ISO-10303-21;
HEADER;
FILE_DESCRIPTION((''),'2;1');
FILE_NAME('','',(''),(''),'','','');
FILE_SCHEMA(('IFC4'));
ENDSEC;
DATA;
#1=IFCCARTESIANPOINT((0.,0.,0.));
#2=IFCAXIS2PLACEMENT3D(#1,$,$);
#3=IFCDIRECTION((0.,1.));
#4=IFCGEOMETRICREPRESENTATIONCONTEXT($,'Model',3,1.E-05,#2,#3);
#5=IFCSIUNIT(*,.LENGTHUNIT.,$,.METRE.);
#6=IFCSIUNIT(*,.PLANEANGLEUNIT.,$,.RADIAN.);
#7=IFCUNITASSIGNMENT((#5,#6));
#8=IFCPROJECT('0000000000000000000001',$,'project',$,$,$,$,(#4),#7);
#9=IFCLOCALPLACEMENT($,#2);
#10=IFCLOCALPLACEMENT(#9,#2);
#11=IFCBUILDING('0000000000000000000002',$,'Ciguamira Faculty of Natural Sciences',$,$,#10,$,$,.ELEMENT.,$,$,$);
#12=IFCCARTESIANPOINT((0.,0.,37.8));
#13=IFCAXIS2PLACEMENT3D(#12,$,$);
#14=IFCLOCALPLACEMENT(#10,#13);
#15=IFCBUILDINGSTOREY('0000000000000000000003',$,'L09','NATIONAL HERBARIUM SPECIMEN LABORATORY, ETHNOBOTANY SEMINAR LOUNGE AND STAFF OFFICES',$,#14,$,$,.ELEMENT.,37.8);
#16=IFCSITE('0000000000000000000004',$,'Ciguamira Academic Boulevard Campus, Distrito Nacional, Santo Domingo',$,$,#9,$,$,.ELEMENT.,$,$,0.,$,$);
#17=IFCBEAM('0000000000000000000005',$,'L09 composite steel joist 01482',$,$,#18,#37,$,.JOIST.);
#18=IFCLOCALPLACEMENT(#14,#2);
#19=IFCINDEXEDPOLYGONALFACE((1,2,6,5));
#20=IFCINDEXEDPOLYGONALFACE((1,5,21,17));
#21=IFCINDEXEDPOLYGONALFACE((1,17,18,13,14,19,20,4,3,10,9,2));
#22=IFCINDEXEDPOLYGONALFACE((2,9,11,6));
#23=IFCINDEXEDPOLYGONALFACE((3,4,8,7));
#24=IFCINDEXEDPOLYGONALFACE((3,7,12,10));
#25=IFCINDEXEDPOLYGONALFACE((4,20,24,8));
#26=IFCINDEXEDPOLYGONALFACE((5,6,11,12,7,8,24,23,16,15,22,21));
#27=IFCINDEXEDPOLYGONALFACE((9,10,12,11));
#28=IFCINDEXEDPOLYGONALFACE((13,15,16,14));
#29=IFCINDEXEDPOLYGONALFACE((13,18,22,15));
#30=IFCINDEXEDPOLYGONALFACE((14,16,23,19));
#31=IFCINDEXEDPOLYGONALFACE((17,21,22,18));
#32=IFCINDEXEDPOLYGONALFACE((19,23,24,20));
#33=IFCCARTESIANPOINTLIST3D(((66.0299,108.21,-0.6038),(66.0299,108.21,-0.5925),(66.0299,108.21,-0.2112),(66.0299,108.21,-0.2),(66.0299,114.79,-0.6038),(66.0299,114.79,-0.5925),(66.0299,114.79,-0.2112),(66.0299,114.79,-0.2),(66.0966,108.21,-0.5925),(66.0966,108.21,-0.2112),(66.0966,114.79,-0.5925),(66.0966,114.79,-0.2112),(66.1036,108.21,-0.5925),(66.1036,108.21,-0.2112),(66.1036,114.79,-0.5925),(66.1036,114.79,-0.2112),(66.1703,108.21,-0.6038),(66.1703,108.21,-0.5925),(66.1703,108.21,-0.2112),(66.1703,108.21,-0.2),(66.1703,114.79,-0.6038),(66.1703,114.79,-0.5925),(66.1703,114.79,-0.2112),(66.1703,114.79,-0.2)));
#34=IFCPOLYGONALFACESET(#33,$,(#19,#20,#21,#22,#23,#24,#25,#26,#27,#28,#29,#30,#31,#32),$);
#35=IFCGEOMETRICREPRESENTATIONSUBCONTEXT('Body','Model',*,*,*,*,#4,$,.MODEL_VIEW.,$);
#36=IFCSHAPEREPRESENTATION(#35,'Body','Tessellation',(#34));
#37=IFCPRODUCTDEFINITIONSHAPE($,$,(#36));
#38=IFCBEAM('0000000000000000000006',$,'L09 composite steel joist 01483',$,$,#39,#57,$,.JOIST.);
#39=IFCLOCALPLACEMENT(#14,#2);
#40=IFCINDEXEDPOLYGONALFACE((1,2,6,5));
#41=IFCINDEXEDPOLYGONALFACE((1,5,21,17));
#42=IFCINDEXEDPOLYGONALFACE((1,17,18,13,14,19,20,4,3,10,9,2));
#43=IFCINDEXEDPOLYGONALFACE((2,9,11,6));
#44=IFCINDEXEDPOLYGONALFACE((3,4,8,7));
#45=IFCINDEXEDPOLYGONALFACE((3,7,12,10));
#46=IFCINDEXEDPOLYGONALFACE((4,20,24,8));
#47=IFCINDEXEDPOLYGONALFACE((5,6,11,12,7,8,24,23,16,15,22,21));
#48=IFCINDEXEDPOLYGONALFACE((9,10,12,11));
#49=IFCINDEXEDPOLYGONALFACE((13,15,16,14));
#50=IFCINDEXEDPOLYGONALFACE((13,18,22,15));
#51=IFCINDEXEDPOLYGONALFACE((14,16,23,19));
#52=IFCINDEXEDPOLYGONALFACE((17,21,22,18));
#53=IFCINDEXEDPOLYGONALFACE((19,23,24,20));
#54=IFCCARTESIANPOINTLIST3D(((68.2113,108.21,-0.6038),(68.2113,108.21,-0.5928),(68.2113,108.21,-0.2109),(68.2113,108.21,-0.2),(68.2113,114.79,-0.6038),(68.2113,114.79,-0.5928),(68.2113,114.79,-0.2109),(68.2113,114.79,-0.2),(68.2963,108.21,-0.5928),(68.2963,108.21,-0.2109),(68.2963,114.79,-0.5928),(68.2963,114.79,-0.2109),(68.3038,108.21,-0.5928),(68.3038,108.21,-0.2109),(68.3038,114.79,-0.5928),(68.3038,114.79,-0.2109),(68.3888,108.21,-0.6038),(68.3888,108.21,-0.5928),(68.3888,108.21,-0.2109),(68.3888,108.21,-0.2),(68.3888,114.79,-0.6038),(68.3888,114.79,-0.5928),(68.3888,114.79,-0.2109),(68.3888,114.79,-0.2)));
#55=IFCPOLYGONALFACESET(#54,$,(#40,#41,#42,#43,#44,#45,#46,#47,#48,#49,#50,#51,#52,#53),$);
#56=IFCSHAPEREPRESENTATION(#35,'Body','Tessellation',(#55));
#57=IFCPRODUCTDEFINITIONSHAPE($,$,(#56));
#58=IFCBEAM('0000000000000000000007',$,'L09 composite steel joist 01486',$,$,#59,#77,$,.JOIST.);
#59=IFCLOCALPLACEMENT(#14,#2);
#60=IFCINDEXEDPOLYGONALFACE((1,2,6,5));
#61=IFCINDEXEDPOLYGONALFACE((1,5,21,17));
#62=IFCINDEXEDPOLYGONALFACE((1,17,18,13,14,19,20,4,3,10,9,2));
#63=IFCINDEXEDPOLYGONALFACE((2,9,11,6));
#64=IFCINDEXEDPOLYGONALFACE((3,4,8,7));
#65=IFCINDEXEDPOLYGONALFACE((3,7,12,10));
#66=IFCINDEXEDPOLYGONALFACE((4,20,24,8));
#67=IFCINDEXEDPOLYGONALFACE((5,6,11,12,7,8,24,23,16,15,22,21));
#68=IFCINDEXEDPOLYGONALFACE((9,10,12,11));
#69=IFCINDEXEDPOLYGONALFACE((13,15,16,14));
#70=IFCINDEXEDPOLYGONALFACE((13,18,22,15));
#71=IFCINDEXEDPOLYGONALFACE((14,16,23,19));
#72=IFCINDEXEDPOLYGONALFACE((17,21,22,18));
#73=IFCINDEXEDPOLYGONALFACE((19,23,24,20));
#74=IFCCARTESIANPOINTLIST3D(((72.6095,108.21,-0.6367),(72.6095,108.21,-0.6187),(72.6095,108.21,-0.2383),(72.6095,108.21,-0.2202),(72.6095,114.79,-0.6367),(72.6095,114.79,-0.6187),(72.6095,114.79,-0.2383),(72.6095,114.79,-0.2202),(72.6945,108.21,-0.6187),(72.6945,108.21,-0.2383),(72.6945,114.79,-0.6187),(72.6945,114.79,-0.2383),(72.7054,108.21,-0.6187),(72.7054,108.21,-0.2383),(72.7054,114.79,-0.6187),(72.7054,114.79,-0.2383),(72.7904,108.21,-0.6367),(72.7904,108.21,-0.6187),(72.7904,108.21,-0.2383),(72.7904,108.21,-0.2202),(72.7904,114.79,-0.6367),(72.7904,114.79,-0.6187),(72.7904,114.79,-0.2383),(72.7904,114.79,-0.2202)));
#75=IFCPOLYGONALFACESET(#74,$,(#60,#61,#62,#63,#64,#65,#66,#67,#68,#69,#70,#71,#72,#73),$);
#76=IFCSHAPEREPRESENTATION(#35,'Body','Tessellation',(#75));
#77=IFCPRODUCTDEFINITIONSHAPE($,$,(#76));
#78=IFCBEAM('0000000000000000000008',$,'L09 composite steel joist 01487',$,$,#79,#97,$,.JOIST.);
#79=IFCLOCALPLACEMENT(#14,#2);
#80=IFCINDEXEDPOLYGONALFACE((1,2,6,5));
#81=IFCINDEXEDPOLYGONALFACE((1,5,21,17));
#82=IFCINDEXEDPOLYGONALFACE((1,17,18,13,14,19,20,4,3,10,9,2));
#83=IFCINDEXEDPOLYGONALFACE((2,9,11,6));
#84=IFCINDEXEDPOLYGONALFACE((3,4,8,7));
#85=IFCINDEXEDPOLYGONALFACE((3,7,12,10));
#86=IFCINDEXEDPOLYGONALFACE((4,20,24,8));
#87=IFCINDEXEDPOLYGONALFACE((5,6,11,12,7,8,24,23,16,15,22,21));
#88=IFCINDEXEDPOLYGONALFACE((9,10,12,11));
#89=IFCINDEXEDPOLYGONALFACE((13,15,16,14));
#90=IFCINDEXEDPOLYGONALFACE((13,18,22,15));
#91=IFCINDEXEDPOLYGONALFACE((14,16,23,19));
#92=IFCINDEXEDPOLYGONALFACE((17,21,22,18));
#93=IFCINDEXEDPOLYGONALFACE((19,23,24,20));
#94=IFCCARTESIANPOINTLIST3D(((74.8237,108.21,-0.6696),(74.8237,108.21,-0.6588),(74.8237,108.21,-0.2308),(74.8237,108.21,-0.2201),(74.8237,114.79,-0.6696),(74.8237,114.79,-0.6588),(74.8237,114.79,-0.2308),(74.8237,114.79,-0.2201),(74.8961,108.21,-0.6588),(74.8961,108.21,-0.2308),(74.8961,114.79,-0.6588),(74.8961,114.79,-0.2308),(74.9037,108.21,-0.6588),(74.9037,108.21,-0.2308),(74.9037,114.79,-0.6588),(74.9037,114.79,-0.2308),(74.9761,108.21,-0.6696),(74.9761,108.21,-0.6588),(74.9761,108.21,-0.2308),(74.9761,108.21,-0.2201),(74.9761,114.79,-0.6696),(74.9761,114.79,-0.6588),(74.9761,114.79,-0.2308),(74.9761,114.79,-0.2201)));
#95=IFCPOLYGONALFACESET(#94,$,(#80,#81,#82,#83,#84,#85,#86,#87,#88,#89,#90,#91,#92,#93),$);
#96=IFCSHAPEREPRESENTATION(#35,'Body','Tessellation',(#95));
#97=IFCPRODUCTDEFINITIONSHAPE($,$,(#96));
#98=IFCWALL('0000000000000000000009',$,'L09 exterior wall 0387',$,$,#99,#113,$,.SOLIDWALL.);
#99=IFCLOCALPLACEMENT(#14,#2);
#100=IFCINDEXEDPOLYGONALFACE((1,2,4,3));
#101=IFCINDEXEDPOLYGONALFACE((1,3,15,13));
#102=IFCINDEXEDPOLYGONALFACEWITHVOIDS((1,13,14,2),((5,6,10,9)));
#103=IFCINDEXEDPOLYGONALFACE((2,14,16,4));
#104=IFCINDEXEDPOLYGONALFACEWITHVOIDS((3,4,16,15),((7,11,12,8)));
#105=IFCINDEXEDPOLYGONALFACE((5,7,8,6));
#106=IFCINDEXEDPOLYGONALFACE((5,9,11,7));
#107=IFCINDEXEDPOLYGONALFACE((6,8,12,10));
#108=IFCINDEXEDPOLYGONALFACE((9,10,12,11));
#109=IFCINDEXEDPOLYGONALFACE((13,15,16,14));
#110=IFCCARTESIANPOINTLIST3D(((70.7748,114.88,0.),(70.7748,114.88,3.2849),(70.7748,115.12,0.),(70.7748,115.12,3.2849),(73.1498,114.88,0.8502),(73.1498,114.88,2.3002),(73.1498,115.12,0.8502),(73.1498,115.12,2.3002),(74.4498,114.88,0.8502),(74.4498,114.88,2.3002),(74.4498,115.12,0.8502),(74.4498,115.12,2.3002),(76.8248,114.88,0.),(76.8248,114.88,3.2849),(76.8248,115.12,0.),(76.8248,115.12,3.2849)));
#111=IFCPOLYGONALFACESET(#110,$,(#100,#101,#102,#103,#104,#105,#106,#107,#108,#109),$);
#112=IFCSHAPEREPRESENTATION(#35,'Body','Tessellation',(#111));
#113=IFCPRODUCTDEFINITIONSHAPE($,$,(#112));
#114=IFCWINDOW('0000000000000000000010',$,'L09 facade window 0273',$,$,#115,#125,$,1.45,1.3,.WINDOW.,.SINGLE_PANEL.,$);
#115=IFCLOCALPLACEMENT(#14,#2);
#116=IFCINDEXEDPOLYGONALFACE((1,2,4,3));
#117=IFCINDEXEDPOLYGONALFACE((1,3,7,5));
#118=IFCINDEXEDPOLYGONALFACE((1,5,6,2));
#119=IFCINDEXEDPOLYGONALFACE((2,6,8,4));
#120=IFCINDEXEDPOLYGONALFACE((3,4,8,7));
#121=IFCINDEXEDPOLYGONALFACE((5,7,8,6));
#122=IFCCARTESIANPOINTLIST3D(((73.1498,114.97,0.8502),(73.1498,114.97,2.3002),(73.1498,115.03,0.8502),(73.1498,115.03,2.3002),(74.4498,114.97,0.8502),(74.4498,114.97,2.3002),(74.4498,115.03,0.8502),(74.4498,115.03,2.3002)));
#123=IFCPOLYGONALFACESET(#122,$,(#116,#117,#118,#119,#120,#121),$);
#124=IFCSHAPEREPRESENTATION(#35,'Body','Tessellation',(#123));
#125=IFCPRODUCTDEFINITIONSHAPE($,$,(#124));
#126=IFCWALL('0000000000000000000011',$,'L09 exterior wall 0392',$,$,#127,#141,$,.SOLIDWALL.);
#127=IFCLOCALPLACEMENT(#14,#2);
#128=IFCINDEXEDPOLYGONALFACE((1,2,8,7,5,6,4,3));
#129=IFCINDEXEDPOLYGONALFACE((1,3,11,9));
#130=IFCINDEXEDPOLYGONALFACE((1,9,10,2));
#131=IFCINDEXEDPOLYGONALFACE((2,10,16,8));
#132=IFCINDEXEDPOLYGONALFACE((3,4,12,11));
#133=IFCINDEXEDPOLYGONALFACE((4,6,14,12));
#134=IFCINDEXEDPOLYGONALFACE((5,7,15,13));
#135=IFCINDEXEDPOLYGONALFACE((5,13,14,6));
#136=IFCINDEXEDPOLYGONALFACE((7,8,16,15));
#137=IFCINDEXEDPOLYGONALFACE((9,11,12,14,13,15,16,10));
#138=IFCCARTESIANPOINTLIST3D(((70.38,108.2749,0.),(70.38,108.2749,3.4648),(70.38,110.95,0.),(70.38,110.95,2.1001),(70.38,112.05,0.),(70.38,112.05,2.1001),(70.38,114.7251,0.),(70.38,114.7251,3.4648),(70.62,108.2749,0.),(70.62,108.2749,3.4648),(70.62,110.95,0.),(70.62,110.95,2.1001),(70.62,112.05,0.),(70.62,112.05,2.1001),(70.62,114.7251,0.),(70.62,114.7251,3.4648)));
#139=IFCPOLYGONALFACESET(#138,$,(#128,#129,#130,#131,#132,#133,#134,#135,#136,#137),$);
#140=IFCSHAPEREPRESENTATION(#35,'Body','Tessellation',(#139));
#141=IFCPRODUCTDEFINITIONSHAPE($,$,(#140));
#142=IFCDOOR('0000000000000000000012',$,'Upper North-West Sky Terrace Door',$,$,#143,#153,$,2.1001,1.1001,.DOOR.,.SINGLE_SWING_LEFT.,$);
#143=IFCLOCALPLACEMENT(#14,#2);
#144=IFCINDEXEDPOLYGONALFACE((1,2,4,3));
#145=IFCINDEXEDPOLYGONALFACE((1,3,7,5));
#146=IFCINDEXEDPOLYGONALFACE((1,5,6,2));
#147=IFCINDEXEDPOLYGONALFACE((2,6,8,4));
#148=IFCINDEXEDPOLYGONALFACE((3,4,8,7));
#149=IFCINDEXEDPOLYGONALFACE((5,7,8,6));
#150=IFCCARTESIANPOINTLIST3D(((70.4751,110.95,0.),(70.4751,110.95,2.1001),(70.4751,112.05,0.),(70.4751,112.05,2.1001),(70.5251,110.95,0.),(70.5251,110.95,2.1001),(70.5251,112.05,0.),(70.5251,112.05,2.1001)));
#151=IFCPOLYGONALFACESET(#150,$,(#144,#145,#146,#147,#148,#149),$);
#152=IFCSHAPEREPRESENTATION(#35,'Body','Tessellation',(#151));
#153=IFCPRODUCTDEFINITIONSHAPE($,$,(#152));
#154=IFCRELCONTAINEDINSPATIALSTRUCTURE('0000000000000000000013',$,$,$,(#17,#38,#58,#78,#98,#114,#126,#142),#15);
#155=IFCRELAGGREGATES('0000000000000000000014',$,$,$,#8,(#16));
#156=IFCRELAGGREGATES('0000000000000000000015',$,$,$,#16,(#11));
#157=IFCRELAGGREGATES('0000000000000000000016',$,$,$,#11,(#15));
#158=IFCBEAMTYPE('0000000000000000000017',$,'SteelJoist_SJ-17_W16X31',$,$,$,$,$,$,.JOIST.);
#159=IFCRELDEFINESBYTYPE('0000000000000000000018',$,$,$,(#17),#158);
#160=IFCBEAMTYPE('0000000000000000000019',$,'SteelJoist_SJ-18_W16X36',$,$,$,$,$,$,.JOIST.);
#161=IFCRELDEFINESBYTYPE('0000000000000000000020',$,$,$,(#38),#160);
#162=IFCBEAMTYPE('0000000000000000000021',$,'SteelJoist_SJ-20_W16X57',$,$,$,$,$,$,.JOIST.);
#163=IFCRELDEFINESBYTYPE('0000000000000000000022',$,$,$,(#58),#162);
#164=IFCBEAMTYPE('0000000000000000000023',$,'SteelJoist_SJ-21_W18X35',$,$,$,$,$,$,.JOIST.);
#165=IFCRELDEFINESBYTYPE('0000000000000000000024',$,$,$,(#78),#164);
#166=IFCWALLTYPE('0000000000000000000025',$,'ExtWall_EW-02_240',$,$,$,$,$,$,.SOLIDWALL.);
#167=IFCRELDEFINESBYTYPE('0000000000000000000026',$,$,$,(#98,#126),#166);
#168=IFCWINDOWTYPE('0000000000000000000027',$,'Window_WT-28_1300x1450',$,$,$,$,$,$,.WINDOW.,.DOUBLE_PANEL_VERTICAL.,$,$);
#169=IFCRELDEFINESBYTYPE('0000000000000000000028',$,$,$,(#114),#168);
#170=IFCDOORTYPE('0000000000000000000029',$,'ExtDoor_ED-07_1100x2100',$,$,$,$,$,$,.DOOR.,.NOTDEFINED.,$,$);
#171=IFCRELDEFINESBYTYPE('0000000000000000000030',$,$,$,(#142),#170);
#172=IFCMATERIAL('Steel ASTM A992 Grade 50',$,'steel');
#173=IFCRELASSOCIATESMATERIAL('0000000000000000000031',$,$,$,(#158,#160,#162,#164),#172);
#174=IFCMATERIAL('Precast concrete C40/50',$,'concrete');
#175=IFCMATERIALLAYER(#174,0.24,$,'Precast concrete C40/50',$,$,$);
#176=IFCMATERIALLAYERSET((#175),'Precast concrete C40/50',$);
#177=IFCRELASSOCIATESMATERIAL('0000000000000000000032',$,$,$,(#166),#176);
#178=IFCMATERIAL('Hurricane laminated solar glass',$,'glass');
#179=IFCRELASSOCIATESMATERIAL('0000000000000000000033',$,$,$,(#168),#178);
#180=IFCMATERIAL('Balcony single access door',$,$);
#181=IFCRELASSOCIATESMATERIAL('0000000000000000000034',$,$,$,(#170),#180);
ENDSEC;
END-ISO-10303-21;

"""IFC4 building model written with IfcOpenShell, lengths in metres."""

from ifc_helpers import new_model, si_unit, direction, frame, frame_2d, origin, origin_2d, place, context, subcontext, project, spatial, rectangle, i_section, extrude, material, layer, layer_set, material_profile, profile_set, type_object, element, fill, save


model = new_model("IFC4")

# Units and contexts
model_context = context("Model", 3, precision=1e-05, world=origin(), true_north=direction((0.0, 1.0)))
body_context = subcontext(model_context, "Body", "Model", "MODEL_VIEW")
ifc_project = project(units=[si_unit("LENGTHUNIT", "METRE"), si_unit("PLANEANGLEUNIT", "RADIAN")], contexts=[model_context])

# Site, building, storey
site_placement = place(None, origin())
site = spatial("IfcSite", under=ifc_project, at=site_placement, Name="Ciguamira Academic Boulevard Campus, Distrito Nacional, Santo Domingo", CompositionType="ELEMENT", RefElevation=0.0)
building_placement = place(site_placement, origin())
building = spatial("IfcBuilding", under=site, at=building_placement, Name="Ciguamira Faculty of Natural Sciences", CompositionType="ELEMENT")
storey_placement = place(building_placement, frame((0.0, 0.0, 37.8)))
storey = spatial("IfcBuildingStorey", under=building, at=storey_placement, Name="L09", Description="NATIONAL HERBARIUM SPECIMEN LABORATORY, ETHNOBOTANY SEMINAR LOUNGE AND STAFF OFFICES", CompositionType="ELEMENT", Elevation=37.8)

# Beams
ifc_material_1 = material(Name="Precast concrete C40/50", Category="concrete")
ifc_material_2 = material(Name="Steel ASTM A992 Grade 50", Category="steel")
ifc_material_profile_1 = material_profile(ifc_material_2, i_section(OverallWidth=0.1404, OverallDepth=0.4038, WebThickness=0.0071, FlangeThickness=0.0112, at=origin_2d()), Name="W16X31")
ifc_profile_set_1 = profile_set([ifc_material_profile_1], Name="Steel ASTM A992 Grade 50")
beam_type_1 = type_object("IfcBeamType", Name="SteelJoist_SJ-17_W16X31", PredefinedType="JOIST", material=ifc_profile_set_1)
beam_1_placement = place(storey_placement, frame((66.1001, 108.21, -0.4019), z_axis=(0.0, 1.0, 0.0), x_axis=(-1.0, 0.0, 0.0)))
element("IfcBeam", 1, at=beam_1_placement, inside=storey, type_object=beam_type_1, Name="L09 composite steel joist 01482", PredefinedType="JOIST", context=body_context, shape_type="SweptSolid", body=[
    extrude(i_section(OverallWidth=0.1404, OverallDepth=0.4038, WebThickness=0.0071, FlangeThickness=0.0112, at=origin_2d()), origin(), (0.0, 0.0, 1.0), 6.5801),
])
ifc_material_profile_2 = material_profile(ifc_material_2, i_section(OverallWidth=0.1775, OverallDepth=0.4038, WebThickness=0.0076, FlangeThickness=0.011, at=origin_2d()), Name="W16X36")
ifc_profile_set_2 = profile_set([ifc_material_profile_2], Name="Steel ASTM A992 Grade 50")
beam_type_2 = type_object("IfcBeamType", Name="SteelJoist_SJ-18_W16X36", PredefinedType="JOIST", material=ifc_profile_set_2)
beam_2_placement = place(storey_placement, frame((68.3, 108.21, -0.4019), z_axis=(0.0, 1.0, 0.0), x_axis=(-1.0, 0.0, 0.0)))
element("IfcBeam", 2, at=beam_2_placement, inside=storey, type_object=beam_type_2, Name="L09 composite steel joist 01483", PredefinedType="JOIST", context=body_context, shape_type="SweptSolid", body=[
    extrude(i_section(OverallWidth=0.1775, OverallDepth=0.4038, WebThickness=0.0076, FlangeThickness=0.011, at=origin_2d()), origin(), (0.0, 0.0, 1.0), 6.5801),
])
ifc_material_profile_3 = material_profile(ifc_material_2, i_section(OverallWidth=0.1809, OverallDepth=0.4165, WebThickness=0.011, FlangeThickness=0.0181, at=origin_2d()), Name="W16X57")
ifc_profile_set_3 = profile_set([ifc_material_profile_3], Name="Steel ASTM A992 Grade 50")
beam_type_3 = type_object("IfcBeamType", Name="SteelJoist_SJ-20_W16X57", PredefinedType="JOIST", material=ifc_profile_set_3)
beam_3_placement = place(storey_placement, frame((72.7, 108.21, -0.4285), z_axis=(0.0, 1.0, 0.0), x_axis=(-1.0, 0.0, 0.0)))
element("IfcBeam", 3, at=beam_3_placement, inside=storey, type_object=beam_type_3, Name="L09 composite steel joist 01486", PredefinedType="JOIST", context=body_context, shape_type="SweptSolid", body=[
    extrude(i_section(OverallWidth=0.1809, OverallDepth=0.4165, WebThickness=0.011, FlangeThickness=0.0181, at=origin_2d()), origin(), (0.0, 0.0, 1.0), 6.5801),
])
ifc_material_profile_4 = material_profile(ifc_material_2, i_section(OverallWidth=0.1523, OverallDepth=0.4495, WebThickness=0.0076, FlangeThickness=0.0107, at=origin_2d()), Name="W18X35")
ifc_profile_set_4 = profile_set([ifc_material_profile_4], Name="Steel ASTM A992 Grade 50")
beam_type_4 = type_object("IfcBeamType", Name="SteelJoist_SJ-21_W18X35", PredefinedType="JOIST", material=ifc_profile_set_4)
beam_4_placement = place(storey_placement, frame((74.8999, 108.21, -0.4448), z_axis=(0.0, 1.0, 0.0), x_axis=(-1.0, 0.0, 0.0)))
element("IfcBeam", 4, at=beam_4_placement, inside=storey, type_object=beam_type_4, Name="L09 composite steel joist 01487", PredefinedType="JOIST", context=body_context, shape_type="SweptSolid", body=[
    extrude(i_section(OverallWidth=0.1523, OverallDepth=0.4495, WebThickness=0.0076, FlangeThickness=0.0107, at=origin_2d()), origin(), (0.0, 0.0, 1.0), 6.5801),
])

# Wall, opening, window
ifc_layer = layer(ifc_material_1, 0.24, Name="Precast concrete C40/50")
ifc_layer_set = layer_set([ifc_layer], Name="Precast concrete C40/50")
wall_type = type_object("IfcWallType", Name="ExtWall_EW-02_240", PredefinedType="SOLIDWALL", material=ifc_layer_set)
wall_1_placement = place(storey_placement, frame((70.7749, 115.0, 0.0), z_axis=(0.0, 0.0, 1.0), x_axis=(1.0, 0.0, 0.0)))
wall_1 = element("IfcWall", 5, at=wall_1_placement, inside=storey, type_object=wall_type, Name="L09 exterior wall 0387", PredefinedType="SOLIDWALL", context=body_context, shape_type="SweptSolid", body=[
    extrude(rectangle(XDim=6.05, YDim=0.24, at=frame_2d((3.0249, 0.0))), origin(), (0.0, 0.0, 1.0), 3.2849),
])
opening_1_placement = place(wall_1_placement, frame((2.375, 0.0, 0.8501)))
opening_1 = element("IfcOpeningElement", 6, at=opening_1_placement, cuts=wall_1, PredefinedType="OPENING", context=body_context, shape_type="SweptSolid", body=[
    extrude(rectangle(XDim=1.3, YDim=1.45, at=frame_2d((0.6499, 0.7251))), frame((0.0, 0.1299, 0.0), z_axis=(0.0, -1.0, 0.0), x_axis=(1.0, 0.0, 0.0)), (0.0, 0.0, 1.0), 0.26),
])
ifc_material_3 = material(Name="Hurricane laminated solar glass", Category="glass")
window_type = type_object("IfcWindowType", Name="Window_WT-28_1300x1450", PartitioningType="DOUBLE_PANEL_VERTICAL", PredefinedType="WINDOW", material=ifc_material_3)
window_placement = place(opening_1_placement, origin())
window = element("IfcWindow", 7, at=window_placement, inside=storey, type_object=window_type, Name="L09 facade window 0273", OverallHeight=1.45, OverallWidth=1.3, PartitioningType="SINGLE_PANEL", PredefinedType="WINDOW", context=body_context, shape_type="SweptSolid", body=[
    extrude(rectangle(XDim=1.3, YDim=1.45, at=frame_2d((0.6499, 0.7251))), frame((0.0, 0.03, 0.0), z_axis=(0.0, -1.0, 0.0), x_axis=(1.0, 0.0, 0.0)), (0.0, 0.0, 1.0), 0.0601),
])
fill(opening_1, window)

# Wall, opening, door
wall_2_placement = place(storey_placement, frame((70.5, 108.2749, 0.0), z_axis=(0.0, 0.0, 1.0), x_axis=(0.0, 1.0, 0.0)))
wall_2 = element("IfcWall", 8, at=wall_2_placement, inside=storey, type_object=wall_type, Name="L09 exterior wall 0392", PredefinedType="SOLIDWALL", context=body_context, shape_type="SweptSolid", body=[
    extrude(rectangle(XDim=6.4502, YDim=0.24, at=frame_2d((3.2251, 0.0))), origin(), (0.0, 0.0, 1.0), 3.4648),
])
opening_2_placement = place(wall_2_placement, frame((2.675, 0.0, 0.0)))
opening_2 = element("IfcOpeningElement", 9, at=opening_2_placement, cuts=wall_2, PredefinedType="OPENING", context=body_context, shape_type="SweptSolid", body=[
    extrude(rectangle(XDim=1.1001, YDim=2.1001, at=frame_2d((0.55, 1.05))), frame((0.0, 0.1299, 0.0), z_axis=(0.0, -1.0, 0.0), x_axis=(1.0, 0.0, 0.0)), (0.0, 0.0, 1.0), 0.26),
])
ifc_material_4 = material(Name="Balcony single access door")
door_type = type_object("IfcDoorType", Name="ExtDoor_ED-07_1100x2100", OperationType="NOTDEFINED", PredefinedType="DOOR", material=ifc_material_4)
door_placement = place(opening_2_placement, origin())
door = element("IfcDoor", 10, at=door_placement, inside=storey, type_object=door_type, Name="Upper North-West Sky Terrace Door", OperationType="SINGLE_SWING_LEFT", OverallHeight=2.1001, OverallWidth=1.1001, PredefinedType="DOOR", context=body_context, shape_type="SweptSolid", body=[
    extrude(rectangle(XDim=1.1001, YDim=2.1001, at=frame_2d((0.55, 1.05))), frame((0.0, 0.0249, 0.0), z_axis=(0.0, -1.0, 0.0), x_axis=(1.0, 0.0, 0.0)), (0.0, 0.0, 1.0), 0.05),
])
fill(opening_2, door)

save(model, "model.ifc")
